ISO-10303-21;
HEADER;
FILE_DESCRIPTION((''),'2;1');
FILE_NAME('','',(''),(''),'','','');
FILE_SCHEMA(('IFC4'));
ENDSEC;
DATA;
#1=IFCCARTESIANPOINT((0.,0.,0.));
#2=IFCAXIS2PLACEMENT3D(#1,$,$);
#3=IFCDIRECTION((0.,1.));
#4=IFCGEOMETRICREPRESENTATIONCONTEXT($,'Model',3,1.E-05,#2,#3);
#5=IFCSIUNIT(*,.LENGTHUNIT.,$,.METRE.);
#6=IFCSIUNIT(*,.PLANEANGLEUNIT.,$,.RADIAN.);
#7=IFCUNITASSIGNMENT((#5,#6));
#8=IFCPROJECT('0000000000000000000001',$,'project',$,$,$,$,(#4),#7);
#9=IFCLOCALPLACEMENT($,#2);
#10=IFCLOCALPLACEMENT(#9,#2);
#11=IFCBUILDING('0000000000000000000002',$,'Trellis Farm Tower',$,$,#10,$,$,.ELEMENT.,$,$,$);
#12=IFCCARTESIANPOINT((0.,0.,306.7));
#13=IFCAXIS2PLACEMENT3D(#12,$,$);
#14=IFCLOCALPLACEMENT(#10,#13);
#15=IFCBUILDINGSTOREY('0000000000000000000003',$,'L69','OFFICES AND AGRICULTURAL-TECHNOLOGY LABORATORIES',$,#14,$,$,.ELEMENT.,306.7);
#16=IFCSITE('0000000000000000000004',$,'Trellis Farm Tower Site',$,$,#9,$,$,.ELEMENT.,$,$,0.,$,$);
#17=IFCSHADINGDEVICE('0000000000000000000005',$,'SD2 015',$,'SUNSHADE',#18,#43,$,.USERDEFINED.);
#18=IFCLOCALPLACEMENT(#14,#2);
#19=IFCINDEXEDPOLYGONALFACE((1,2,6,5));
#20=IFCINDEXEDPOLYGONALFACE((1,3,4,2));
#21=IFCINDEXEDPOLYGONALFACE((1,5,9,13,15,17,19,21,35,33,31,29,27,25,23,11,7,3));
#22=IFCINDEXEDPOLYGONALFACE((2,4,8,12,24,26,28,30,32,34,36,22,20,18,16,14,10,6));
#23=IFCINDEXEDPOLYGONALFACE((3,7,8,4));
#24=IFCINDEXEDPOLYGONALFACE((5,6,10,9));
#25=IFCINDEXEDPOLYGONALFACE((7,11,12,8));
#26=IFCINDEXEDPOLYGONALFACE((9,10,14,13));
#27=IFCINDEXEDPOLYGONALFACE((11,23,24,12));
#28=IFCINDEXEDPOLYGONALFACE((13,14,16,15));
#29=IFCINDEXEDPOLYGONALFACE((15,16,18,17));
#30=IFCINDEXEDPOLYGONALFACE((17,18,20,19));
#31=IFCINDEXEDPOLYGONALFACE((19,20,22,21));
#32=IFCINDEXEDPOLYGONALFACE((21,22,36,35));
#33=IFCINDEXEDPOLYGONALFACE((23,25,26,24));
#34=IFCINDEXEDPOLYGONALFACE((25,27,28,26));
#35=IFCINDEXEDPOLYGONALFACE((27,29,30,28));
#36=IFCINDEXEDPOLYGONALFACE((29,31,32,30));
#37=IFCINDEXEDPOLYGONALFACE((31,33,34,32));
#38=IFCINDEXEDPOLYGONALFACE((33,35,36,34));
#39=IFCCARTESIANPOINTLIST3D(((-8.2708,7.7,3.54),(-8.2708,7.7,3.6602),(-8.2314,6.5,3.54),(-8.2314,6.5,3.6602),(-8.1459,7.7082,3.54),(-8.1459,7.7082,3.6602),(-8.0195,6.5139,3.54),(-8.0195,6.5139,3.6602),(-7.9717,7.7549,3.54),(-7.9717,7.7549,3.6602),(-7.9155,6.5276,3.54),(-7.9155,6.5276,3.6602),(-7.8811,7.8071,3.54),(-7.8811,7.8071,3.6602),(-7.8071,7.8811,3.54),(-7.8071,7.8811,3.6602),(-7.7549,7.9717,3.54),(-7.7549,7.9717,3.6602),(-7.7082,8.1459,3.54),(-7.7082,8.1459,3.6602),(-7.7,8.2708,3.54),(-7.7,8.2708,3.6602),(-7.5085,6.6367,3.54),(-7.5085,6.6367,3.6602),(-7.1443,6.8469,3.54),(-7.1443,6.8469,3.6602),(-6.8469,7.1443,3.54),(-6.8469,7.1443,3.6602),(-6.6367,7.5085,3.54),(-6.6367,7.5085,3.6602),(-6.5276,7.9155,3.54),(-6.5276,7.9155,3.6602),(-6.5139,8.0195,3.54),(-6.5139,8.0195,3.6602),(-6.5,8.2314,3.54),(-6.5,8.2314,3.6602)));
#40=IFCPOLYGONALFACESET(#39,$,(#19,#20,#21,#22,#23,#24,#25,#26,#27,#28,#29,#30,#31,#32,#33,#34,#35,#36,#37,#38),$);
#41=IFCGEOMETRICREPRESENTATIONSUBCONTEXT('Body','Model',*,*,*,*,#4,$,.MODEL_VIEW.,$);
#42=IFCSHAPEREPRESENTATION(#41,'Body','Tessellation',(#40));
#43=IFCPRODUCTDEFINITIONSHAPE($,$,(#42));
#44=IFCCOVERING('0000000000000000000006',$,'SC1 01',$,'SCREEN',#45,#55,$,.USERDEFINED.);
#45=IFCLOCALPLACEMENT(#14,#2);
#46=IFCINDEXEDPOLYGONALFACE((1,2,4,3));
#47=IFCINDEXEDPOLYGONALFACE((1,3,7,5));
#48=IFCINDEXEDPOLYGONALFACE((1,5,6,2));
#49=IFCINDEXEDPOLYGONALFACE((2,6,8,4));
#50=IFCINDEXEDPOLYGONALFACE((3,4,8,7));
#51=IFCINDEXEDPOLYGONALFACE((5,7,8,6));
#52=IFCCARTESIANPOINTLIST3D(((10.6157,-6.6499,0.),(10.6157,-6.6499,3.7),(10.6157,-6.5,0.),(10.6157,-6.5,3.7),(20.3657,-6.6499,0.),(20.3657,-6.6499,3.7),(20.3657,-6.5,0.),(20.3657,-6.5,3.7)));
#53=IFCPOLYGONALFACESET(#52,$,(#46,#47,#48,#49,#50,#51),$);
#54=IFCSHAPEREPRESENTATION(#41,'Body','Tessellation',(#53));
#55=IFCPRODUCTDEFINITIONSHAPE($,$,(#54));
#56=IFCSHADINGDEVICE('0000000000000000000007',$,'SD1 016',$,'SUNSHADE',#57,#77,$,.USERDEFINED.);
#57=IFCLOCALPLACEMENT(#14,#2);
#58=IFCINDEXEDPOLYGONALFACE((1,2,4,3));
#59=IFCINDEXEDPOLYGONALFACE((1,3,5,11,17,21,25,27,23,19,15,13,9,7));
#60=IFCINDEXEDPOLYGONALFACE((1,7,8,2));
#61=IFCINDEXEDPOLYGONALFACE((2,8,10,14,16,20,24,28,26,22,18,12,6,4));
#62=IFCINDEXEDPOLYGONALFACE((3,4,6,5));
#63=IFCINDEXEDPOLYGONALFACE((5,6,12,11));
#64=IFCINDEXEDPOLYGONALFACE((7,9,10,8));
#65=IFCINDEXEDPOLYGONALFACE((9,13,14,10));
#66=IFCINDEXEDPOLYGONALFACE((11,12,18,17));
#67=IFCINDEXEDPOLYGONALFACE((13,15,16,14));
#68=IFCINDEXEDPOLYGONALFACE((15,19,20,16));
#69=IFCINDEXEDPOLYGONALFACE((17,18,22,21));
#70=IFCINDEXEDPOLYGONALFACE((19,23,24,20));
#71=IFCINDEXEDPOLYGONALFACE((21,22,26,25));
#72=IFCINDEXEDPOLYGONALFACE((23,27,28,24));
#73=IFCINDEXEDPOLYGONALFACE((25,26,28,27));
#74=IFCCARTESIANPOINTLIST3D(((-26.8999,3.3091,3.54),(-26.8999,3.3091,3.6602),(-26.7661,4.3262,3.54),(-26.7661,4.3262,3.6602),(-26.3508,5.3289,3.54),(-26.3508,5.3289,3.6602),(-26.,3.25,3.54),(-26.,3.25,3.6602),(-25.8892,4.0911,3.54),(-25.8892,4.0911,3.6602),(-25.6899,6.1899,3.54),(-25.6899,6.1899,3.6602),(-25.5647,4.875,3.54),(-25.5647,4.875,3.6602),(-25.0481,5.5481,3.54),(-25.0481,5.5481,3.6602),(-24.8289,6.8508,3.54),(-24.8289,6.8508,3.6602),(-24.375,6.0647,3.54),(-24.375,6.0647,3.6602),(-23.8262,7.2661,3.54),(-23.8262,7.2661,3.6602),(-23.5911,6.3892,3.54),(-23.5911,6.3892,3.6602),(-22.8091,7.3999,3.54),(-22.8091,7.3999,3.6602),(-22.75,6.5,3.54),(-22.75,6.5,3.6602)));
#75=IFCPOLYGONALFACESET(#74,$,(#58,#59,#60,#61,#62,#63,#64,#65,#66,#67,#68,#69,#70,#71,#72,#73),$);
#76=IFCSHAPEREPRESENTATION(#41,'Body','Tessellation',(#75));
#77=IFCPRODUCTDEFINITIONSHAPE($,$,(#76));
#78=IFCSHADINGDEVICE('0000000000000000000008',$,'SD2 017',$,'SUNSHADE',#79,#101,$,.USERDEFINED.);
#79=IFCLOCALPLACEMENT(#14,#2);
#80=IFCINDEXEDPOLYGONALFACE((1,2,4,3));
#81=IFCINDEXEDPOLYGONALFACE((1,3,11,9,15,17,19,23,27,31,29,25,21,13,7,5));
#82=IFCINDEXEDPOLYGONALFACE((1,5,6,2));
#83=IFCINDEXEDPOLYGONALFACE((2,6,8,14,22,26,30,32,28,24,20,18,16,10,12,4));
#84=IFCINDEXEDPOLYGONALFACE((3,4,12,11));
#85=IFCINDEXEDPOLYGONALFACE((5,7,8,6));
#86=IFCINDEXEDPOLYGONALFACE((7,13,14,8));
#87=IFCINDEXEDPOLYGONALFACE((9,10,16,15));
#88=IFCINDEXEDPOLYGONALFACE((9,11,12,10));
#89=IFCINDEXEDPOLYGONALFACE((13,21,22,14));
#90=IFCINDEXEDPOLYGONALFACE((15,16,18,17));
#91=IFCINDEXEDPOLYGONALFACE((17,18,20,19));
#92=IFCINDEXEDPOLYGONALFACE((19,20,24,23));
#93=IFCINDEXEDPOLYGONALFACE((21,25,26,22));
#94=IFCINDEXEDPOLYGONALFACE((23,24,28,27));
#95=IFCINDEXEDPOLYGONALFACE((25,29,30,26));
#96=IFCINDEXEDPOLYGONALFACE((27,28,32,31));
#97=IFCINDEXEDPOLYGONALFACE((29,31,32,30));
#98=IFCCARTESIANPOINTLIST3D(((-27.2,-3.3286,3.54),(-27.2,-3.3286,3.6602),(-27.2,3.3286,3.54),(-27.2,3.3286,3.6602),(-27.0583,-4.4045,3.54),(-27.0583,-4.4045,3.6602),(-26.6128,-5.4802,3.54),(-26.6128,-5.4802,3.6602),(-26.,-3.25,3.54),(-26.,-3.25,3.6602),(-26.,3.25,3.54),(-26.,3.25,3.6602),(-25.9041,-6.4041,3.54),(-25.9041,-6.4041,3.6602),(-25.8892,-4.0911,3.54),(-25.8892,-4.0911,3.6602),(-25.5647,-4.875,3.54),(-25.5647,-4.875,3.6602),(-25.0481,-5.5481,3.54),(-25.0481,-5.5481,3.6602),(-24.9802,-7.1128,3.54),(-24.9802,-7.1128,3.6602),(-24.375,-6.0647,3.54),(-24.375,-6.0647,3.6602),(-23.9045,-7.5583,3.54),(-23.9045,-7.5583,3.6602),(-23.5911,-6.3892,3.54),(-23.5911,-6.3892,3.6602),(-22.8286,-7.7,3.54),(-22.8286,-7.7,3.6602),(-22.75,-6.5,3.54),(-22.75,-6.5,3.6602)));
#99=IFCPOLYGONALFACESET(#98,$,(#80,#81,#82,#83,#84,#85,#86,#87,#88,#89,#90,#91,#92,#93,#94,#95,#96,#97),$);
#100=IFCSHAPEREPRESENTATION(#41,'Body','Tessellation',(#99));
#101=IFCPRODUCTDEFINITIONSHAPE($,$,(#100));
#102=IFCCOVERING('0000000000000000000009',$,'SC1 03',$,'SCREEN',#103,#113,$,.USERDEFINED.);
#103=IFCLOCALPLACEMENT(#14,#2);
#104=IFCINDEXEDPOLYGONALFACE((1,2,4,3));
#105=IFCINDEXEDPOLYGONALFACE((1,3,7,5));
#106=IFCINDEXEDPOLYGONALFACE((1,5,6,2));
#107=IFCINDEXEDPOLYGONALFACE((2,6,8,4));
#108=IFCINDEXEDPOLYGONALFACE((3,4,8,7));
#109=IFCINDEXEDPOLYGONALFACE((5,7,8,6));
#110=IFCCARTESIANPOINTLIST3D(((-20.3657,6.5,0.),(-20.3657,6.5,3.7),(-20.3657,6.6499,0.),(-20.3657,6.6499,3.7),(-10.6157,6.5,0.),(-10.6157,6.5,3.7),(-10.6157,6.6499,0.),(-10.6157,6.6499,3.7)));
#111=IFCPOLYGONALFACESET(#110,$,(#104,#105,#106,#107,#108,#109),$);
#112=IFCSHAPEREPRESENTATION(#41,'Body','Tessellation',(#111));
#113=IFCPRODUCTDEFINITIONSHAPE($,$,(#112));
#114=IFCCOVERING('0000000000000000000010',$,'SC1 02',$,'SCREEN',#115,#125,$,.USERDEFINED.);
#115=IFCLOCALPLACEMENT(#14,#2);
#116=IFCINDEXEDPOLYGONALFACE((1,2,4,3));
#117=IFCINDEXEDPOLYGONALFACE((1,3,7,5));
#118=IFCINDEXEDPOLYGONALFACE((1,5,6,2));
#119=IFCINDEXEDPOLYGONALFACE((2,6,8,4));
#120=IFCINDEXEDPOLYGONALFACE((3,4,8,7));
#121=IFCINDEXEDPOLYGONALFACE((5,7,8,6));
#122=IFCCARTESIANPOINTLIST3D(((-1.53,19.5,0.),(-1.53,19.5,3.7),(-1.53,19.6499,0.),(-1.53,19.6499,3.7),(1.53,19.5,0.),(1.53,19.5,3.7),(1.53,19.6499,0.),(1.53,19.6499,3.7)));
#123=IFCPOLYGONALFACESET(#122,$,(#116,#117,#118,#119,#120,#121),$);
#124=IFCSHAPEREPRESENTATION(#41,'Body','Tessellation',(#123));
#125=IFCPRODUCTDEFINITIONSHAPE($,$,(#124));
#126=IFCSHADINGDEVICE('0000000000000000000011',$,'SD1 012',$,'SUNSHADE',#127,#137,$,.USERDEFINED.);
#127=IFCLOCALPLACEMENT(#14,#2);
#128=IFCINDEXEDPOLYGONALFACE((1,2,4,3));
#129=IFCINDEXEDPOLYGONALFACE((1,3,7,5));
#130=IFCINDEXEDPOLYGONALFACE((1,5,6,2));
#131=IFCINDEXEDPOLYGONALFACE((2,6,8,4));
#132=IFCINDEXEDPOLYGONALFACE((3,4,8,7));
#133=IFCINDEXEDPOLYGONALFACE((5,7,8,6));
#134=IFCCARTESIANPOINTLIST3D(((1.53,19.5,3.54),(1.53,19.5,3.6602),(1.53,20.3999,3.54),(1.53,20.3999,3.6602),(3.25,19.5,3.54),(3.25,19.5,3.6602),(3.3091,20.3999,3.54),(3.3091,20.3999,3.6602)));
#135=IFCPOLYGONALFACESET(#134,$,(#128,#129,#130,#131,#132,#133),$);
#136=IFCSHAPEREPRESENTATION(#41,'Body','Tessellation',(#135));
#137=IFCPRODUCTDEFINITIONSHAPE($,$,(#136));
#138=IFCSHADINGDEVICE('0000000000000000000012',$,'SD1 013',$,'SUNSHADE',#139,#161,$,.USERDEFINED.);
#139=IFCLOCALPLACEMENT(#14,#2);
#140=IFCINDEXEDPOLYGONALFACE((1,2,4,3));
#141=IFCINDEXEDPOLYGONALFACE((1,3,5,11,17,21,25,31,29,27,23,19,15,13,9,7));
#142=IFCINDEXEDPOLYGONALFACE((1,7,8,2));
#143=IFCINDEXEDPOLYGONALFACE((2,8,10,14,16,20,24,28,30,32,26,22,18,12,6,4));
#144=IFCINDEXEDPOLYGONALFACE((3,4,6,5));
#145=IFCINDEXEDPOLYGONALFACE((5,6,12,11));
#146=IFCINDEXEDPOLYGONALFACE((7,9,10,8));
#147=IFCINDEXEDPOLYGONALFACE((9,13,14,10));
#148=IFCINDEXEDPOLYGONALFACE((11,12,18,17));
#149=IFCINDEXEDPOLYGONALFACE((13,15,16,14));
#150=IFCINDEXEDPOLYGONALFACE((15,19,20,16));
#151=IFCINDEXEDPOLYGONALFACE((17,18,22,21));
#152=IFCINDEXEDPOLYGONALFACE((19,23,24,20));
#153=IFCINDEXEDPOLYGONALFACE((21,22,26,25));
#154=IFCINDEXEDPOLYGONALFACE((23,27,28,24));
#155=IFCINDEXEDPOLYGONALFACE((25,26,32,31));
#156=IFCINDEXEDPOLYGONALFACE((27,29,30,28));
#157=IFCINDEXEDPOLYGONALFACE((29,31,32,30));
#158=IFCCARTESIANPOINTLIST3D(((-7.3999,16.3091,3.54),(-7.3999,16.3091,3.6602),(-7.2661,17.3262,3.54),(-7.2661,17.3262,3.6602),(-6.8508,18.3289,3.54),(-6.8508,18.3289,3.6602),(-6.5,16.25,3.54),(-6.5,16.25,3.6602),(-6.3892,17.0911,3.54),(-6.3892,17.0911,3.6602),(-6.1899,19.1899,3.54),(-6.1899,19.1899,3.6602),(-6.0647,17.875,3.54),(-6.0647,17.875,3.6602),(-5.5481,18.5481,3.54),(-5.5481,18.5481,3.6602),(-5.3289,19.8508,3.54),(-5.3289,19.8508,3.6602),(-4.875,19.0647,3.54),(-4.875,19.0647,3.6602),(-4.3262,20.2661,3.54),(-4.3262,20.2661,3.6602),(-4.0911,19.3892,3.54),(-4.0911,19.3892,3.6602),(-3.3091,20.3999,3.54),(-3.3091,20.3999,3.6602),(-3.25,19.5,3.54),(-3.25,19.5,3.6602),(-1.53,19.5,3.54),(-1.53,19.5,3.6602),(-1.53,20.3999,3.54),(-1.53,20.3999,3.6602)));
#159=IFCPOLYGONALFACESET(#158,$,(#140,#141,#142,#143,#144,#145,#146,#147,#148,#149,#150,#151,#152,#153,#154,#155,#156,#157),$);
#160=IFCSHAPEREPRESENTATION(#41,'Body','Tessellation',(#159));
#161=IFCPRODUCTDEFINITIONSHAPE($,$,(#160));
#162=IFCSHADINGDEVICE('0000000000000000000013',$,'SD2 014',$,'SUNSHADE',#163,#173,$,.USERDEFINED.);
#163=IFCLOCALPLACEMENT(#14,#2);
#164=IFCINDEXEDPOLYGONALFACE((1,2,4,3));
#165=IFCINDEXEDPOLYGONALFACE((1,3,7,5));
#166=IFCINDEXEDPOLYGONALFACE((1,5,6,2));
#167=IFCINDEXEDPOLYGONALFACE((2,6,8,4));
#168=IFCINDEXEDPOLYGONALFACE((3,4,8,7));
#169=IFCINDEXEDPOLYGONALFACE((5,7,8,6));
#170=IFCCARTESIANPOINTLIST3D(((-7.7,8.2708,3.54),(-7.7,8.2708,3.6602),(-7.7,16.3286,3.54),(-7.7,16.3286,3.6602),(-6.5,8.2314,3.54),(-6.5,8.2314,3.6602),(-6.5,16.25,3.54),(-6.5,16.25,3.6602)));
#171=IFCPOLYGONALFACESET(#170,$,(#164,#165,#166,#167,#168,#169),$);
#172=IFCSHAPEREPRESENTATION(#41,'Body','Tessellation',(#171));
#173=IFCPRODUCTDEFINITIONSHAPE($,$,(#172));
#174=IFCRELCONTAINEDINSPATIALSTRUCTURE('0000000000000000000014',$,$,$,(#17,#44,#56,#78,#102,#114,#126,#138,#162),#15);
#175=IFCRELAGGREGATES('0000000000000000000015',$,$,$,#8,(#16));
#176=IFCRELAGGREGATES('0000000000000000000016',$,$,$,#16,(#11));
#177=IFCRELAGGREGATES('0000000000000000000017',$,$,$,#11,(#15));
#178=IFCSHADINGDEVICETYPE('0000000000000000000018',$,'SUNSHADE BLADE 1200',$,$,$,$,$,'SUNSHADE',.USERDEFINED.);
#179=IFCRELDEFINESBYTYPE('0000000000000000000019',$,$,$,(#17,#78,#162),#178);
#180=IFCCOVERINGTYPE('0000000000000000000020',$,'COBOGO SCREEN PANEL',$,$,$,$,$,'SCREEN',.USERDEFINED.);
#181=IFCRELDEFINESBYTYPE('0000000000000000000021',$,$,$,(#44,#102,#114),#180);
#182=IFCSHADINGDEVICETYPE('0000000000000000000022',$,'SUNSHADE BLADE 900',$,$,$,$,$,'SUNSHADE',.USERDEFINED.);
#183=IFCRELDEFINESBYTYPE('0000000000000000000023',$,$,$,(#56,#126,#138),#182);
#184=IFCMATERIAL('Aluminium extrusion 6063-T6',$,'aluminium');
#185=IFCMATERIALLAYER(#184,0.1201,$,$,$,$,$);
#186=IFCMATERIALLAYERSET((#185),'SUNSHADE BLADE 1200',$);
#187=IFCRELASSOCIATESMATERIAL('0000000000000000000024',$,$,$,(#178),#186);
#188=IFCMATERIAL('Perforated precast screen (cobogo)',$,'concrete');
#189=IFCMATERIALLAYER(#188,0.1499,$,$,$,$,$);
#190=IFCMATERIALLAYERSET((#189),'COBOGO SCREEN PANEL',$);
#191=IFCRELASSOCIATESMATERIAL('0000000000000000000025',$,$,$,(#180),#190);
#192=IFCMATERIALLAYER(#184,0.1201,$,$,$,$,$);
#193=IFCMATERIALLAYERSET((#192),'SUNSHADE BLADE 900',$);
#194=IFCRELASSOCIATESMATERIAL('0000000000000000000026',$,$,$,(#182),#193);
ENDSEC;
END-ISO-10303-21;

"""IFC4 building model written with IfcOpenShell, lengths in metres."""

from ifc_helpers import new_model, si_unit, direction, frame, origin, place, context, subcontext, project, spatial, polyline, outline, extrude, source, transform, mapped, material, layer, layer_set, type_object, element, save


model = new_model("IFC4")

# Units and contexts
model_context = context("Model", 3, precision=1e-05, world=origin(), true_north=direction((0.0, 1.0)))
body_context = subcontext(model_context, "Body", "Model", "MODEL_VIEW")
ifc_project = project(units=[si_unit("LENGTHUNIT", "METRE"), si_unit("PLANEANGLEUNIT", "RADIAN")], contexts=[model_context])

# Site, building, storey
site_placement = place(None, origin())
site = spatial("IfcSite", under=ifc_project, at=site_placement, Name="Trellis Farm Tower Site", CompositionType="ELEMENT", RefElevation=0.0)
building_placement = place(site_placement, origin())
building = spatial("IfcBuilding", under=site, at=building_placement, Name="Trellis Farm Tower", CompositionType="ELEMENT")
storey_placement = place(building_placement, frame((0.0, 0.0, 306.7)))
storey = spatial("IfcBuildingStorey", under=building, at=storey_placement, Name="L69", Description="OFFICES AND AGRICULTURAL-TECHNOLOGY LABORATORIES", CompositionType="ELEMENT", Elevation=306.7)

# Shared definitions
placement_1 = place(storey_placement, origin())
ifc_material_1 = material(Name="Aluminium extrusion 6063-T6", Category="aluminium")

# Shading device
ifc_layer_1 = layer(ifc_material_1, 0.1201)
ifc_layer_set_1 = layer_set([ifc_layer_1], Name="SUNSHADE BLADE 1200")
shading_device_type_1 = type_object("IfcShadingDeviceType", Name="SUNSHADE BLADE 1200", ElementType="SUNSHADE", PredefinedType="USERDEFINED", material=ifc_layer_set_1)
shared_shape_1 = source(origin(), body_context, "Body", "SweptSolid", [
    extrude(outline(polyline([(-7.7, 8.2708), (-7.7087, 8.1372), (-7.707, 8.1501), (-7.7549, 7.9717), (-7.8071, 7.8811), (-7.8811, 7.8071), (-7.9717, 7.7549), (-8.1501, 7.707), (-8.1372, 7.7087), (-8.2708, 7.7), (-8.2314, 6.5), (-8.0195, 6.5139), (-7.9155, 6.5276), (-7.5085, 6.6367), (-7.1443, 6.8469), (-6.8469, 7.1443), (-6.6367, 7.5085), (-6.5276, 7.9155), (-6.5139, 8.0195), (-6.5, 8.2314), (-7.7, 8.2708)])), origin(), (0.0, 0.0, 1.0), 0.1201),
])
placement_2 = place(storey_placement, frame((0.0, 0.0, 3.54)))
element("IfcShadingDevice", 1, at=placement_2, inside=storey, type_object=shading_device_type_1, Name="SD2 015", ObjectType="SUNSHADE", PredefinedType="USERDEFINED", context=body_context, shape_type="MappedRepresentation", body=[
    mapped(shared_shape_1, transform((0.0, 0.0, 0.0))),
])

# Covering
ifc_material_2 = material(Name="Perforated precast screen (cobogo)", Category="concrete")
ifc_layer_2 = layer(ifc_material_2, 0.1499)
ifc_layer_set_2 = layer_set([ifc_layer_2], Name="COBOGO SCREEN PANEL")
covering_type = type_object("IfcCoveringType", Name="COBOGO SCREEN PANEL", ElementType="SCREEN", PredefinedType="USERDEFINED", material=ifc_layer_set_2)
shared_shape_2 = source(origin(), body_context, "Body", "SweptSolid", [
    extrude(outline(polyline([(10.6157, -6.6499), (20.3657, -6.6499), (20.3657, -6.5), (10.6157, -6.5), (10.6157, -6.6499)])), origin(), (0.0, 0.0, 1.0), 3.7),
])
element("IfcCovering", 2, at=placement_1, inside=storey, type_object=covering_type, Name="SC1 01", ObjectType="SCREEN", PredefinedType="USERDEFINED", context=body_context, shape_type="MappedRepresentation", body=[
    mapped(shared_shape_2, transform((0.0, 0.0, 0.0))),
])

# Shading devices
ifc_layer_3 = layer(ifc_material_1, 0.1201)
ifc_layer_set_3 = layer_set([ifc_layer_3], Name="SUNSHADE BLADE 900")
shading_device_type_2 = type_object("IfcShadingDeviceType", Name="SUNSHADE BLADE 900", ElementType="SUNSHADE", PredefinedType="USERDEFINED", material=ifc_layer_set_3)
shared_shape_3 = source(origin(), body_context, "Body", "SweptSolid", [
    extrude(outline(polyline([(-22.8091, 7.3999), (-23.8262, 7.2661), (-24.8289, 6.8508), (-25.6899, 6.1899), (-26.3508, 5.3289), (-26.7661, 4.3262), (-26.8999, 3.3091), (-26.0, 3.25), (-25.8892, 4.0911), (-25.5647, 4.875), (-25.0481, 5.5481), (-24.375, 6.0647), (-23.5911, 6.3892), (-22.75, 6.5), (-22.8091, 7.3999)])), origin(), (0.0, 0.0, 1.0), 0.1201),
])
element("IfcShadingDevice", 3, at=placement_2, inside=storey, type_object=shading_device_type_2, Name="SD1 016", ObjectType="SUNSHADE", PredefinedType="USERDEFINED", context=body_context, shape_type="MappedRepresentation", body=[
    mapped(shared_shape_3, transform((0.0, 0.0, 0.0))),
])
shared_shape_4 = source(origin(), body_context, "Body", "SweptSolid", [
    extrude(outline(polyline([(-27.2, 3.3286), (-27.2, -3.3286), (-27.0583, -4.4045), (-26.6128, -5.4802), (-25.9041, -6.4041), (-24.9802, -7.1128), (-23.9045, -7.5583), (-22.8286, -7.7), (-22.75, -6.5), (-23.5911, -6.3892), (-24.375, -6.0647), (-25.0481, -5.5481), (-25.5647, -4.875), (-25.8892, -4.0911), (-26.0, -3.25), (-26.0, 3.25), (-27.2, 3.3286)])), origin(), (0.0, 0.0, 1.0), 0.1201),
])
element("IfcShadingDevice", 4, at=placement_2, inside=storey, type_object=shading_device_type_1, Name="SD2 017", ObjectType="SUNSHADE", PredefinedType="USERDEFINED", context=body_context, shape_type="MappedRepresentation", body=[
    mapped(shared_shape_4, transform((0.0, 0.0, 0.0))),
])

# Coverings
shared_shape_5 = source(origin(), body_context, "Body", "SweptSolid", [
    extrude(outline(polyline([(-10.6157, 6.6499), (-20.3657, 6.6499), (-20.3657, 6.5), (-10.6157, 6.5), (-10.6157, 6.6499)])), origin(), (0.0, 0.0, 1.0), 3.7),
])
element("IfcCovering", 5, at=placement_1, inside=storey, type_object=covering_type, Name="SC1 03", ObjectType="SCREEN", PredefinedType="USERDEFINED", context=body_context, shape_type="MappedRepresentation", body=[
    mapped(shared_shape_5, transform((0.0, 0.0, 0.0))),
])
shared_shape_6 = source(origin(), body_context, "Body", "SweptSolid", [
    extrude(outline(polyline([(1.53, 19.6499), (-1.53, 19.6499), (-1.53, 19.5), (1.53, 19.5), (1.53, 19.6499)])), origin(), (0.0, 0.0, 1.0), 3.7),
])
element("IfcCovering", 6, at=placement_1, inside=storey, type_object=covering_type, Name="SC1 02", ObjectType="SCREEN", PredefinedType="USERDEFINED", context=body_context, shape_type="MappedRepresentation", body=[
    mapped(shared_shape_6, transform((0.0, 0.0, 0.0))),
])

# Shading devices
shared_shape_7 = source(origin(), body_context, "Body", "SweptSolid", [
    extrude(outline(polyline([(3.3091, 20.3999), (1.53, 20.3999), (1.53, 19.5), (3.25, 19.5), (3.3091, 20.3999)])), origin(), (0.0, 0.0, 1.0), 0.1201),
])
element("IfcShadingDevice", 7, at=placement_2, inside=storey, type_object=shading_device_type_2, Name="SD1 012", ObjectType="SUNSHADE", PredefinedType="USERDEFINED", context=body_context, shape_type="MappedRepresentation", body=[
    mapped(shared_shape_7, transform((0.0, 0.0, 0.0))),
])
shared_shape_8 = source(origin(), body_context, "Body", "SweptSolid", [
    extrude(outline(polyline([(-1.53, 20.3999), (-3.3091, 20.3999), (-4.3262, 20.2661), (-5.3289, 19.8508), (-6.1899, 19.1899), (-6.8508, 18.3289), (-7.2661, 17.3262), (-7.3999, 16.3091), (-6.5, 16.25), (-6.3892, 17.0911), (-6.0647, 17.875), (-5.5481, 18.5481), (-4.875, 19.0647), (-4.0911, 19.3892), (-3.25, 19.5), (-1.53, 19.5), (-1.53, 20.3999)])), origin(), (0.0, 0.0, 1.0), 0.1201),
])
element("IfcShadingDevice", 8, at=placement_2, inside=storey, type_object=shading_device_type_2, Name="SD1 013", ObjectType="SUNSHADE", PredefinedType="USERDEFINED", context=body_context, shape_type="MappedRepresentation", body=[
    mapped(shared_shape_8, transform((0.0, 0.0, 0.0))),
])
shared_shape_9 = source(origin(), body_context, "Body", "SweptSolid", [
    extrude(outline(polyline([(-7.7, 16.3286), (-7.7, 8.2708), (-6.5, 8.2314), (-6.5, 16.25), (-7.7, 16.3286)])), origin(), (0.0, 0.0, 1.0), 0.1201),
])
element("IfcShadingDevice", 9, at=placement_2, inside=storey, type_object=shading_device_type_1, Name="SD2 014", ObjectType="SUNSHADE", PredefinedType="USERDEFINED", context=body_context, shape_type="MappedRepresentation", body=[
    mapped(shared_shape_9, transform((0.0, 0.0, 0.0))),
])

save(model, "model.ifc")
